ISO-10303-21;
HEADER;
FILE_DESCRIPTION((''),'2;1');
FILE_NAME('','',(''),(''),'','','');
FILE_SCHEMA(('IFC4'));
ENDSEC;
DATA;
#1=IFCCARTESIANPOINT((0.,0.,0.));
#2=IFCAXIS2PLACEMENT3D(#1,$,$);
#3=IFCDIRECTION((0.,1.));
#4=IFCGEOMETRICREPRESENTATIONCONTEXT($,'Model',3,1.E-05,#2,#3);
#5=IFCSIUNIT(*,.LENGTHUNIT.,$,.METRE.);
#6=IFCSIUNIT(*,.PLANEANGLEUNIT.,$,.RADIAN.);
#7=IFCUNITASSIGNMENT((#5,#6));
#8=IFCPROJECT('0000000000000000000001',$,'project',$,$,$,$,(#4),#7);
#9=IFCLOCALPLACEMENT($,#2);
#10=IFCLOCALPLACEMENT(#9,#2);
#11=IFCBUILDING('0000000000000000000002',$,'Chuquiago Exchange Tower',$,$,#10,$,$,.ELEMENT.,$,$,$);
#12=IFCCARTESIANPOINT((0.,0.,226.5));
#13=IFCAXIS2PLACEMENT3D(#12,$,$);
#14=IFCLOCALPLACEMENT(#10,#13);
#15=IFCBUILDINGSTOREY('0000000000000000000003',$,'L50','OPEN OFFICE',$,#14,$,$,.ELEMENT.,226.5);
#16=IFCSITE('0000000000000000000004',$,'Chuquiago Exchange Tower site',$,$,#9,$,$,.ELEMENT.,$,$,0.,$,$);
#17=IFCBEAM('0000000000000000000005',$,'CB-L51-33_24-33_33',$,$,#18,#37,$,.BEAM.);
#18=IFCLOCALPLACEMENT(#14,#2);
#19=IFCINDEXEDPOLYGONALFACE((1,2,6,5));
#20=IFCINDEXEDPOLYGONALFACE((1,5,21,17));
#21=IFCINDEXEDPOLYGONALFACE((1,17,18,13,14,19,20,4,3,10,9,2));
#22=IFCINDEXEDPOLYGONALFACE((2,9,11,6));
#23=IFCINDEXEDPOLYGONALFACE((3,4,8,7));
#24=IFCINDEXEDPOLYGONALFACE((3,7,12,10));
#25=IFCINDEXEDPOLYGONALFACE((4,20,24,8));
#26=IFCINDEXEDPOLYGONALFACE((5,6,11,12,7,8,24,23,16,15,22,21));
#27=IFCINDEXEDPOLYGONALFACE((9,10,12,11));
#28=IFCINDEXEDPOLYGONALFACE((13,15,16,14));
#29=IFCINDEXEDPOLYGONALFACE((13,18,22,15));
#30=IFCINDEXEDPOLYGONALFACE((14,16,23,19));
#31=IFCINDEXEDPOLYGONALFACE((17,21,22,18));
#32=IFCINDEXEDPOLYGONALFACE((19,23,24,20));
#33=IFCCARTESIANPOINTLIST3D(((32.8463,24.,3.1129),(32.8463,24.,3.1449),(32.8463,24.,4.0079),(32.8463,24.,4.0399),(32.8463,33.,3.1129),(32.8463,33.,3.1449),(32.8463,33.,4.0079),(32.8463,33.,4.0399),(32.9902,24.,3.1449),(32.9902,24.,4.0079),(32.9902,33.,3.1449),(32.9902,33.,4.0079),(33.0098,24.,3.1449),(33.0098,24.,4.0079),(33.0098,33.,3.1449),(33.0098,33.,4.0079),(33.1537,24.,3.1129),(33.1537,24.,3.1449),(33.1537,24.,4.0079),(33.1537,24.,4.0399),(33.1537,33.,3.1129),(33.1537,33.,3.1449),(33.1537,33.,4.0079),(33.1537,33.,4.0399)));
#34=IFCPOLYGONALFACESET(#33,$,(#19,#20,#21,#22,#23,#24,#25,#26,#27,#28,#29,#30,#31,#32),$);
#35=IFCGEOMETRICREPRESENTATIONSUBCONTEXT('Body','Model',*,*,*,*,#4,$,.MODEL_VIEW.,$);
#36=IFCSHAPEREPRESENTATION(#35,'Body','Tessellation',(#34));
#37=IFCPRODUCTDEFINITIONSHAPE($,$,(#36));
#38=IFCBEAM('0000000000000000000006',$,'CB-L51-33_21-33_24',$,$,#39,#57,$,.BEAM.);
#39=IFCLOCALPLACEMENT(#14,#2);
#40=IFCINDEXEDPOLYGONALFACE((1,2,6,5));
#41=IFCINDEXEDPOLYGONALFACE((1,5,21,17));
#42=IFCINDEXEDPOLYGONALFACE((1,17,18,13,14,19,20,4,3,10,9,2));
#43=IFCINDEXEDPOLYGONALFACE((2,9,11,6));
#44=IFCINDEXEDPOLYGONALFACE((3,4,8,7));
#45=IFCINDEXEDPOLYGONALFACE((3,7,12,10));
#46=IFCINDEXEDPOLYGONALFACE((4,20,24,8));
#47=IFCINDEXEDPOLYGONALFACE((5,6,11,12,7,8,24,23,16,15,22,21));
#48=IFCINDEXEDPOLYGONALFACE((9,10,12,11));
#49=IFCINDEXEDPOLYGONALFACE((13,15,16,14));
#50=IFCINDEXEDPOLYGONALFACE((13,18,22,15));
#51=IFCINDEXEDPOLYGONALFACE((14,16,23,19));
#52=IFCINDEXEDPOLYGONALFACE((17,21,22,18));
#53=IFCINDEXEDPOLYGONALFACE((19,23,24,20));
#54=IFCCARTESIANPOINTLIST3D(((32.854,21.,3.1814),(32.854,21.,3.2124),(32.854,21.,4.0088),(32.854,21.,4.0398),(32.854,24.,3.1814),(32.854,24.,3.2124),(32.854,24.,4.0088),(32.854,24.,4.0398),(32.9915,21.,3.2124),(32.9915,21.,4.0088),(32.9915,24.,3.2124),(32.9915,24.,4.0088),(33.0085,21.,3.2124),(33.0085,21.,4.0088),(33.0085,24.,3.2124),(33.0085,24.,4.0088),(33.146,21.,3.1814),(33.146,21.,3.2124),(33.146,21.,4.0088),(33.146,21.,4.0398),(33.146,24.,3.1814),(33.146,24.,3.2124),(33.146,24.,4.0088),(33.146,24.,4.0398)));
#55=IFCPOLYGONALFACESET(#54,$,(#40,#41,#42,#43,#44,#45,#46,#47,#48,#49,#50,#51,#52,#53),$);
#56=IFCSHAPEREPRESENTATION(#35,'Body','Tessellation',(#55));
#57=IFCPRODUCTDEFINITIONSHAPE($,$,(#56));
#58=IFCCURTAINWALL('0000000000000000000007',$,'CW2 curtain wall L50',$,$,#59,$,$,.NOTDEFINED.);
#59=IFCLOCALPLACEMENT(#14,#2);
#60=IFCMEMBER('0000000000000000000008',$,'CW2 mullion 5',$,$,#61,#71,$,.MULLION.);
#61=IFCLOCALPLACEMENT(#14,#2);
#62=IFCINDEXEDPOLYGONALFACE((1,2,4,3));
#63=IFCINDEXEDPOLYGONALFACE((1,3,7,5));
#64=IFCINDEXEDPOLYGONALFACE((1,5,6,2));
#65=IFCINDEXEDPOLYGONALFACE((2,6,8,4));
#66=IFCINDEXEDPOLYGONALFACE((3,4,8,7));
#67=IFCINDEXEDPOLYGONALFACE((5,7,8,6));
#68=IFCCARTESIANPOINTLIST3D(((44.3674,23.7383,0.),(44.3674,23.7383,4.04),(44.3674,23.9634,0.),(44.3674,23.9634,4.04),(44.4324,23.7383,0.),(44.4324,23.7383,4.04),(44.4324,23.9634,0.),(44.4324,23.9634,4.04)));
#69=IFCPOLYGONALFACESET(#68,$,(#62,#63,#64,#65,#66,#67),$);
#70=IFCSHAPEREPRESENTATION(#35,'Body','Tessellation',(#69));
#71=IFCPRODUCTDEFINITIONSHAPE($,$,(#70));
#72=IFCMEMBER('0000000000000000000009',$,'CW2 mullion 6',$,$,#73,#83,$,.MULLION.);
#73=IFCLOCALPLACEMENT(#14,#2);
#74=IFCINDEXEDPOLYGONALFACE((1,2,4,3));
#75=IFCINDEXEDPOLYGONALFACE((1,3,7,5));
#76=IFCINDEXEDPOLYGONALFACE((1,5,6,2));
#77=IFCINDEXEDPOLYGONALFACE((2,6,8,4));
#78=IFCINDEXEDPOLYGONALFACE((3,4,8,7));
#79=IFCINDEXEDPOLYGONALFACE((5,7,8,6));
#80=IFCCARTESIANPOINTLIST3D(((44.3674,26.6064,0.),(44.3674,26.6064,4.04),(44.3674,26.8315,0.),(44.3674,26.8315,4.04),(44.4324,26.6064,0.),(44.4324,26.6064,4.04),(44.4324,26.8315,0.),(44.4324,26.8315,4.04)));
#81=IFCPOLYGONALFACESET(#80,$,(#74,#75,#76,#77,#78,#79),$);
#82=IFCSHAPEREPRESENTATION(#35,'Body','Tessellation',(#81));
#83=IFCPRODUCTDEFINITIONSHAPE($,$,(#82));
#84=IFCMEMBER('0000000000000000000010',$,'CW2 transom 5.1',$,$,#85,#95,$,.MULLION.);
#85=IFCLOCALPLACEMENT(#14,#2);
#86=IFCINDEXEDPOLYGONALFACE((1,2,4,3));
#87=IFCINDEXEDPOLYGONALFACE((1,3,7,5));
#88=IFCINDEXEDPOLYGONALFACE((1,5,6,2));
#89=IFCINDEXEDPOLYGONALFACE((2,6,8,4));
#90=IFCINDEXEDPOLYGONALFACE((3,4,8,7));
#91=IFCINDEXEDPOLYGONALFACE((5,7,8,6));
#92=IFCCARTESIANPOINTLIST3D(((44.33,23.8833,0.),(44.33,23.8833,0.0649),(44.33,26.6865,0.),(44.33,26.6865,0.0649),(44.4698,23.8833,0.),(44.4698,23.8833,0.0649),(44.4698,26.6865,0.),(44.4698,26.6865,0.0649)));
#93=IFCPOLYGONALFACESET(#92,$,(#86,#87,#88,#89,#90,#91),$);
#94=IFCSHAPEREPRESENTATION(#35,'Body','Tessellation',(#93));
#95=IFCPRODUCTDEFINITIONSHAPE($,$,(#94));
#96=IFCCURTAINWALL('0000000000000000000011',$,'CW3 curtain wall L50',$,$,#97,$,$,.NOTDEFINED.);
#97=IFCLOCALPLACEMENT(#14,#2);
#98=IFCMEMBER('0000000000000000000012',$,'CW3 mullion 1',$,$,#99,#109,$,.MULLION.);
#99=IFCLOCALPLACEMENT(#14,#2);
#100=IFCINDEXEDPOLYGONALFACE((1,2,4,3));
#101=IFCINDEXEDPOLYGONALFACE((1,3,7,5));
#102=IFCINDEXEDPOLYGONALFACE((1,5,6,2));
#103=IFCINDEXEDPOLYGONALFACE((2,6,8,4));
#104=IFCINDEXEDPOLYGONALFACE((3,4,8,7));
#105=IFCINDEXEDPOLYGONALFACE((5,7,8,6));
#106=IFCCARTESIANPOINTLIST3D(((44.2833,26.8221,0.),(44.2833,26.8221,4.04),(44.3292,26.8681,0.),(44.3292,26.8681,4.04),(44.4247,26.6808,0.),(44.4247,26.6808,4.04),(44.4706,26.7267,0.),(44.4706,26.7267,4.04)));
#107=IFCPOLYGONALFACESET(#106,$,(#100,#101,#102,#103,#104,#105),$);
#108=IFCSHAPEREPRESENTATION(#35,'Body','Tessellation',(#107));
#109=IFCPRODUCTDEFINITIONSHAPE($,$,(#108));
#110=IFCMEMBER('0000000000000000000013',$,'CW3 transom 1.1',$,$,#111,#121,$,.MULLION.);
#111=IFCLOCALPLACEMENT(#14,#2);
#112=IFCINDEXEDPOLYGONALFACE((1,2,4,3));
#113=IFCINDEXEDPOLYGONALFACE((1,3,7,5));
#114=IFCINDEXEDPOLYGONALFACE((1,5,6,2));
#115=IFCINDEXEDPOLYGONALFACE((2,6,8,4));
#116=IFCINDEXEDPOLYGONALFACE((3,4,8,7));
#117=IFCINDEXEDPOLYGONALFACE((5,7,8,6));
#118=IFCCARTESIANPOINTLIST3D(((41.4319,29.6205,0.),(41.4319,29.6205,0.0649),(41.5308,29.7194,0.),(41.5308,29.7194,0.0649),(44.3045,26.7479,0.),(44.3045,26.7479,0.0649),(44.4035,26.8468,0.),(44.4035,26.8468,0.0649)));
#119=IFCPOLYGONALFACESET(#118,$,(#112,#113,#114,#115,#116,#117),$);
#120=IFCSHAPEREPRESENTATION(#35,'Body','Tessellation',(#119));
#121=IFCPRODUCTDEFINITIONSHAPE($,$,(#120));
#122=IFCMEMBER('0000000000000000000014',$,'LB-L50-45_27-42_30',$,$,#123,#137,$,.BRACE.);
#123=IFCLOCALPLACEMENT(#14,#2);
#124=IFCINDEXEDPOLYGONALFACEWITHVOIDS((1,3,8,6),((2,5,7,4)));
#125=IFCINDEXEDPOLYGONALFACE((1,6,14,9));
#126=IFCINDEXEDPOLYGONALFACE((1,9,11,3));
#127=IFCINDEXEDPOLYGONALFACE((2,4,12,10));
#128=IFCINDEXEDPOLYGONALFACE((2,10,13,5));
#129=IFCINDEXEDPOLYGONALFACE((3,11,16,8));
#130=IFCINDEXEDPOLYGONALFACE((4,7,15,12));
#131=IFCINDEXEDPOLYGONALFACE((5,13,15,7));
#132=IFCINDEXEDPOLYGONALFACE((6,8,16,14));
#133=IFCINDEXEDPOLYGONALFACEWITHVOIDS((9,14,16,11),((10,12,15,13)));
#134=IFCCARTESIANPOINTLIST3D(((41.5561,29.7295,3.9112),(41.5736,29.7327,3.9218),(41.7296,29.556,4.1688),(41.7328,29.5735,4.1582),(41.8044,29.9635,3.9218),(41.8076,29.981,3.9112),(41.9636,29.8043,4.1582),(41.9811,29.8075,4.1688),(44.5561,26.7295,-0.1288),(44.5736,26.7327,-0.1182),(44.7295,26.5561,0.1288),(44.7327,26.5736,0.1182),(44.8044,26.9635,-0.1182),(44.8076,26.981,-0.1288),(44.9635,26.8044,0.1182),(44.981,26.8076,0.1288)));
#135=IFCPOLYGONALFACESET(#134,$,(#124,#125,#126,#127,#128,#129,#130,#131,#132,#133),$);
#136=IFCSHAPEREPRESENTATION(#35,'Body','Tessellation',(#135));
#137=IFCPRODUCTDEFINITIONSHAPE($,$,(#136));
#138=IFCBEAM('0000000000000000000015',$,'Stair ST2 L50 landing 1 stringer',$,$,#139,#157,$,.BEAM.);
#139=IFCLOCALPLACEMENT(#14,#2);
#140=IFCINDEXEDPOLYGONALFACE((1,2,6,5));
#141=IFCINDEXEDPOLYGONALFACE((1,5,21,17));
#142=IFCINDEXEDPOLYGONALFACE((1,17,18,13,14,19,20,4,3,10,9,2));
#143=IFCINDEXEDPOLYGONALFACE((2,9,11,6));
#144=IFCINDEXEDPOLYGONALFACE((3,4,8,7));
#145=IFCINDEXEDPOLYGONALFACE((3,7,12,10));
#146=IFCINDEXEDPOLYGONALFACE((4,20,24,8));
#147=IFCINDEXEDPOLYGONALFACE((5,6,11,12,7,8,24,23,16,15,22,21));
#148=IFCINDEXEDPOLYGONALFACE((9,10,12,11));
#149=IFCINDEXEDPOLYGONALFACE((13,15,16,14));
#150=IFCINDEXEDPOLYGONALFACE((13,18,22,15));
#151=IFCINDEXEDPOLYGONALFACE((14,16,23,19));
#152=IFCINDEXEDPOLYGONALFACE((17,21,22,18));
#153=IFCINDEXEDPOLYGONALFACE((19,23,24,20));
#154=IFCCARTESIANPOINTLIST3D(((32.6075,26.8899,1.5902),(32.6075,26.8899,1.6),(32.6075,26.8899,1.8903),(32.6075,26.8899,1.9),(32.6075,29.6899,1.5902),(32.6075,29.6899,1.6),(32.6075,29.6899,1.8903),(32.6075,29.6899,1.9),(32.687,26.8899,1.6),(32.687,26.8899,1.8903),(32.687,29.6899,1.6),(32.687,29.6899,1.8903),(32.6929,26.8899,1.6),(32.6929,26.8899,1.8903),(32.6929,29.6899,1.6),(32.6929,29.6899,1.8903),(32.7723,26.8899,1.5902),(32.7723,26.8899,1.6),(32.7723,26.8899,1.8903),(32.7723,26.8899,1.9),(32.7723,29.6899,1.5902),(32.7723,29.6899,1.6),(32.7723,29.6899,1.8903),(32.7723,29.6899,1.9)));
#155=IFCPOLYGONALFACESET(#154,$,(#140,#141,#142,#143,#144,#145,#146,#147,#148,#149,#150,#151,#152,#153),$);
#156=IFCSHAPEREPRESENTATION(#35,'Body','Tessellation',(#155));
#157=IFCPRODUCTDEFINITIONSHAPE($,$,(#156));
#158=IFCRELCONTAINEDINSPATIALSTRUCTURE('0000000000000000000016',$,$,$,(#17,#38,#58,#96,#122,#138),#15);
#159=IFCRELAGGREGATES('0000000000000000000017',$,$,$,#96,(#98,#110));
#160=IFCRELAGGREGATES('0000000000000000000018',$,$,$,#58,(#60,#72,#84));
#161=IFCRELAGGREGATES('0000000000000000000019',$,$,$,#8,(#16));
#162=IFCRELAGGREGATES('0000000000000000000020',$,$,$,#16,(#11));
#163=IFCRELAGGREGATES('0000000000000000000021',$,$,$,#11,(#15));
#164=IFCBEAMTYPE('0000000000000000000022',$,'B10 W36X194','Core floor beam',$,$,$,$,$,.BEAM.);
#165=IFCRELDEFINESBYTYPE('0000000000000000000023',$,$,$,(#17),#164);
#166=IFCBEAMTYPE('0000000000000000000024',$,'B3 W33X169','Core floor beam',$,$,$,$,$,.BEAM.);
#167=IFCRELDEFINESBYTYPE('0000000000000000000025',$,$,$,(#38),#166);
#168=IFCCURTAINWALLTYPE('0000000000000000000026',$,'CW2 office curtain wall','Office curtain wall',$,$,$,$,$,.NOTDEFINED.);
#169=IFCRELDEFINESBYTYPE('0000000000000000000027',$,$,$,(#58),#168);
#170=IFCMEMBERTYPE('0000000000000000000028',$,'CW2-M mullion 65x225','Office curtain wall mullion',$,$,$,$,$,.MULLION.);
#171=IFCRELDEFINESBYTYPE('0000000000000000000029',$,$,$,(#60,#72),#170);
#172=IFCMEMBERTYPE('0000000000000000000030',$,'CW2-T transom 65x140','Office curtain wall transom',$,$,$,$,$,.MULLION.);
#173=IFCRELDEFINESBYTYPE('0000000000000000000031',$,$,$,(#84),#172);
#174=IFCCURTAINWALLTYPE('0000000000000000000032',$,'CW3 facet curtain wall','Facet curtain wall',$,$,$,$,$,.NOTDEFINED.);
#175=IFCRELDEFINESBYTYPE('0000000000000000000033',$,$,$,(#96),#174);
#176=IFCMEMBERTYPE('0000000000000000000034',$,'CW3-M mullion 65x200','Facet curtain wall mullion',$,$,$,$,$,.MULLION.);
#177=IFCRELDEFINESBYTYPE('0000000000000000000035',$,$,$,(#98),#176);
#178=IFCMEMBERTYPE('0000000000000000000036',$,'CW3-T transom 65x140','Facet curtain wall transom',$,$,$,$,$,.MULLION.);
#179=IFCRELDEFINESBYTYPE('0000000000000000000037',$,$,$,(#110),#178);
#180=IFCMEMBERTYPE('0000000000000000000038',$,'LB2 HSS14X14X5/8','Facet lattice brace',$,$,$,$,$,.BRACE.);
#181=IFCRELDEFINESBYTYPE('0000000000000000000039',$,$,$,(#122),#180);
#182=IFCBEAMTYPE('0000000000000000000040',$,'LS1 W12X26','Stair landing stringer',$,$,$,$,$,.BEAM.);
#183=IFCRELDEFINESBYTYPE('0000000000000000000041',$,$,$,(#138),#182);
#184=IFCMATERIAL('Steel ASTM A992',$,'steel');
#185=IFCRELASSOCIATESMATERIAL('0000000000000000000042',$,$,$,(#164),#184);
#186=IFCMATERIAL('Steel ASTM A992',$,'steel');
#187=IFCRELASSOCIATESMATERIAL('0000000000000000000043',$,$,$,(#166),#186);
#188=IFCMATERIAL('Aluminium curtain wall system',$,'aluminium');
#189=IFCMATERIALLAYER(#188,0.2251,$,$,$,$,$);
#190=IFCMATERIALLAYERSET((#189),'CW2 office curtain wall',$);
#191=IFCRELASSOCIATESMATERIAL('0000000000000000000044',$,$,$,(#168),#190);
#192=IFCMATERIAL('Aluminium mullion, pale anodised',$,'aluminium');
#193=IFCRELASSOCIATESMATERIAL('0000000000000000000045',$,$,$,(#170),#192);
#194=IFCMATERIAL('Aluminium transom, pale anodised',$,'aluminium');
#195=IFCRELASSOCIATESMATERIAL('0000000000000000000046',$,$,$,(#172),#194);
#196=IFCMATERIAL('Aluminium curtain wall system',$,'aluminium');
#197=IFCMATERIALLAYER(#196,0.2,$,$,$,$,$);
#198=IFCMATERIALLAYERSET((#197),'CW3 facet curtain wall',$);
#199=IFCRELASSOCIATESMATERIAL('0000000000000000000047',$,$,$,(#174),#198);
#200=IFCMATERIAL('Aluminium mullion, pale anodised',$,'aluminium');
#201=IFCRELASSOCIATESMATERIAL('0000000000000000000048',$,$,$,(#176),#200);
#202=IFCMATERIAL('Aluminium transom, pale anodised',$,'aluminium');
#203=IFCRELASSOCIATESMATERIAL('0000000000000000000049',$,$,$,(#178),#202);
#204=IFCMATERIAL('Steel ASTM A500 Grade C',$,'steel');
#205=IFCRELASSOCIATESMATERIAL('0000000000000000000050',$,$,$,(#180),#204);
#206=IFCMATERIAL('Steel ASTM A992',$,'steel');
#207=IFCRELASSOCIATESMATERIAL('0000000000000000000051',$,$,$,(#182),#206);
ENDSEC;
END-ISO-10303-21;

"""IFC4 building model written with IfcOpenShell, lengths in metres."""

from ifc_helpers import new_model, si_unit, direction, frame, origin, origin_2d, place, context, subcontext, project, spatial, rectangle, hollow_rectangle, i_section, extrude, material, layer, layer_set, material_profile, profile_set, type_object, element, aggregate, save


model = new_model("IFC4")

# Units and contexts
model_context = context("Model", 3, precision=1e-05, world=origin(), true_north=direction((0.0, 1.0)))
body_context = subcontext(model_context, "Body", "Model", "MODEL_VIEW")
ifc_project = project(units=[si_unit("LENGTHUNIT", "METRE"), si_unit("PLANEANGLEUNIT", "RADIAN")], contexts=[model_context])

# Site, building, storey
site_placement = place(None, origin())
site = spatial("IfcSite", under=ifc_project, at=site_placement, Name="Chuquiago Exchange Tower site", CompositionType="ELEMENT", RefElevation=0.0)
building_placement = place(site_placement, origin())
building = spatial("IfcBuilding", under=site, at=building_placement, Name="Chuquiago Exchange Tower", CompositionType="ELEMENT")
storey_placement = place(building_placement, frame((0.0, 0.0, 226.5)))
storey = spatial("IfcBuildingStorey", under=building, at=storey_placement, Name="L50", Description="OPEN OFFICE", CompositionType="ELEMENT", Elevation=226.5)

# Beams
ifc_material_1 = material(Name="Steel ASTM A992", Category="steel")
ifc_material_profile_1 = material_profile(ifc_material_1, i_section(OverallWidth=0.3074, OverallDepth=0.927, WebThickness=0.0195, FlangeThickness=0.032, at=origin_2d()), Name="W36X194")
ifc_profile_set_1 = profile_set([ifc_material_profile_1], Name="Steel ASTM A992")
beam_type_1 = type_object("IfcBeamType", Name="B10 W36X194", Description="Core floor beam", PredefinedType="BEAM", material=ifc_profile_set_1)
beam_1_placement = place(storey_placement, frame((33.0, 24.0, 3.5764), z_axis=(0.0, 1.0, 0.0), x_axis=(-1.0, 0.0, 0.0)))
element("IfcBeam", 1, at=beam_1_placement, inside=storey, type_object=beam_type_1, Name="CB-L51-33_24-33_33", PredefinedType="BEAM", context=body_context, shape_type="SweptSolid", body=[
    extrude(i_section(OverallWidth=0.3074, OverallDepth=0.927, WebThickness=0.0195, FlangeThickness=0.032, at=origin_2d()), origin(), (0.0, 0.0, 1.0), 9.0),
])
ifc_material_2 = material(Name="Steel ASTM A992", Category="steel")
ifc_material_profile_2 = material_profile(ifc_material_2, i_section(OverallWidth=0.292, OverallDepth=0.8584, WebThickness=0.0171, FlangeThickness=0.031, at=origin_2d()), Name="W33X169")
ifc_profile_set_2 = profile_set([ifc_material_profile_2], Name="Steel ASTM A992")
beam_type_2 = type_object("IfcBeamType", Name="B3 W33X169", Description="Core floor beam", PredefinedType="BEAM", material=ifc_profile_set_2)
beam_2_placement = place(storey_placement, frame((33.0, 21.0, 3.6106), z_axis=(0.0, 1.0, 0.0), x_axis=(-1.0, 0.0, 0.0)))
element("IfcBeam", 2, at=beam_2_placement, inside=storey, type_object=beam_type_2, Name="CB-L51-33_21-33_24", PredefinedType="BEAM", context=body_context, shape_type="SweptSolid", body=[
    extrude(i_section(OverallWidth=0.292, OverallDepth=0.8584, WebThickness=0.0171, FlangeThickness=0.031, at=origin_2d()), origin(), (0.0, 0.0, 1.0), 3.0),
])

# Curtain walls, members
ifc_material_3 = material(Name="Aluminium curtain wall system", Category="aluminium")
ifc_layer_1 = layer(ifc_material_3, 0.2251)
ifc_layer_set_1 = layer_set([ifc_layer_1], Name="CW2 office curtain wall")
curtain_wall_type_1 = type_object("IfcCurtainWallType", Name="CW2 office curtain wall", Description="Office curtain wall", PredefinedType="NOTDEFINED", material=ifc_layer_set_1)
curtain_wall_1_placement = place(storey_placement, origin())
curtain_wall_1 = element("IfcCurtainWall", 3, at=curtain_wall_1_placement, inside=storey, type_object=curtain_wall_type_1, Name="CW2 curtain wall L50", PredefinedType="NOTDEFINED")
ifc_material_4 = material(Name="Aluminium mullion, pale anodised", Category="aluminium")
ifc_material_profile_3 = material_profile(ifc_material_4, rectangle(XDim=0.0649, YDim=0.2251, at=origin_2d()), Name="AL 65x225")
ifc_profile_set_3 = profile_set([ifc_material_profile_3], Name="Aluminium mullion, pale anodised")
member_type_1 = type_object("IfcMemberType", Name="CW2-M mullion 65x225", Description="Office curtain wall mullion", PredefinedType="MULLION", material=ifc_profile_set_3)
member_1_placement = place(storey_placement, frame((44.3999, 23.8508, 0.0), z_axis=(0.0, 0.0, 1.0), x_axis=(-1.0, 0.0, 0.0)))
member_1 = element("IfcMember", 4, at=member_1_placement, type_object=member_type_1, Name="CW2 mullion 5", PredefinedType="MULLION", context=body_context, shape_type="SweptSolid", body=[
    extrude(rectangle(XDim=0.0649, YDim=0.2251, at=origin_2d()), origin(), (0.0, 0.0, 1.0), 4.04),
])
member_2_placement = place(storey_placement, frame((44.3999, 26.719, 0.0), z_axis=(0.0, 0.0, 1.0), x_axis=(-1.0, 0.0, 0.0)))
member_2 = element("IfcMember", 5, at=member_2_placement, type_object=member_type_1, Name="CW2 mullion 6", PredefinedType="MULLION", context=body_context, shape_type="SweptSolid", body=[
    extrude(rectangle(XDim=0.0649, YDim=0.2251, at=origin_2d()), origin(), (0.0, 0.0, 1.0), 4.04),
])
ifc_material_5 = material(Name="Aluminium transom, pale anodised", Category="aluminium")
ifc_material_profile_4 = material_profile(ifc_material_5, rectangle(XDim=0.1399, YDim=0.0649, at=origin_2d()), Name="AL 140x65")
ifc_profile_set_4 = profile_set([ifc_material_profile_4], Name="Aluminium transom, pale anodised")
member_type_2 = type_object("IfcMemberType", Name="CW2-T transom 65x140", Description="Office curtain wall transom", PredefinedType="MULLION", material=ifc_profile_set_4)
member_3_placement = place(storey_placement, frame((44.3999, 23.8833, 0.0325), z_axis=(0.0, 1.0, 0.0), x_axis=(-1.0, 0.0, 0.0)))
member_3 = element("IfcMember", 6, at=member_3_placement, type_object=member_type_2, Name="CW2 transom 5.1", PredefinedType="MULLION", context=body_context, shape_type="SweptSolid", body=[
    extrude(rectangle(XDim=0.1399, YDim=0.0649, at=origin_2d()), origin(), (0.0, 0.0, 1.0), 2.8032),
])
ifc_material_6 = material(Name="Aluminium curtain wall system", Category="aluminium")
ifc_layer_2 = layer(ifc_material_6, 0.2)
ifc_layer_set_2 = layer_set([ifc_layer_2], Name="CW3 facet curtain wall")
curtain_wall_type_2 = type_object("IfcCurtainWallType", Name="CW3 facet curtain wall", Description="Facet curtain wall", PredefinedType="NOTDEFINED", material=ifc_layer_set_2)
curtain_wall_2_placement = place(storey_placement, origin())
curtain_wall_2 = element("IfcCurtainWall", 7, at=curtain_wall_2_placement, inside=storey, type_object=curtain_wall_type_2, Name="CW3 curtain wall L50", PredefinedType="NOTDEFINED")
ifc_material_7 = material(Name="Aluminium mullion, pale anodised", Category="aluminium")
ifc_material_profile_5 = material_profile(ifc_material_7, rectangle(XDim=0.0649, YDim=0.2, at=origin_2d()), Name="AL 65x200")
ifc_profile_set_5 = profile_set([ifc_material_profile_5], Name="Aluminium mullion, pale anodised")
member_type_3 = type_object("IfcMemberType", Name="CW3-M mullion 65x200", Description="Facet curtain wall mullion", PredefinedType="MULLION", material=ifc_profile_set_5)
member_4_placement = place(storey_placement, frame((44.377, 26.7744, 0.0), z_axis=(0.0, 0.0, 1.0), x_axis=(-0.707107, -0.707107, 0.0)))
member_4 = element("IfcMember", 8, at=member_4_placement, type_object=member_type_3, Name="CW3 mullion 1", PredefinedType="MULLION", context=body_context, shape_type="SweptSolid", body=[
    extrude(rectangle(XDim=0.0649, YDim=0.2, at=origin_2d()), origin(), (0.0, 0.0, 1.0), 4.04),
])
ifc_material_8 = material(Name="Aluminium transom, pale anodised", Category="aluminium")
ifc_material_profile_6 = material_profile(ifc_material_8, rectangle(XDim=0.1399, YDim=0.0649, at=origin_2d()), Name="AL 140x65")
ifc_profile_set_6 = profile_set([ifc_material_profile_6], Name="Aluminium transom, pale anodised")
member_type_4 = type_object("IfcMemberType", Name="CW3-T transom 65x140", Description="Facet curtain wall transom", PredefinedType="MULLION", material=ifc_profile_set_6)
member_5_placement = place(storey_placement, frame((44.354, 26.7974, 0.0325), z_axis=(-0.707107, 0.707107, 0.0), x_axis=(-0.707107, -0.707107, 0.0)))
member_5 = element("IfcMember", 9, at=member_5_placement, type_object=member_type_4, Name="CW3 transom 1.1", PredefinedType="MULLION", context=body_context, shape_type="SweptSolid", body=[
    extrude(rectangle(XDim=0.1399, YDim=0.0649, at=origin_2d()), origin(), (0.0, 0.0, 1.0), 4.0625),
])
aggregate(curtain_wall_2, [member_4, member_5])

# Member
ifc_material_9 = material(Name="Steel ASTM A500 Grade C", Category="steel")
ifc_material_profile_7 = material_profile(ifc_material_9, hollow_rectangle(XDim=0.3557, YDim=0.3557, WallThickness=0.0146, at=origin_2d()), Name="HSS14X14X5/8")
ifc_profile_set_7 = profile_set([ifc_material_profile_7], Name="Steel ASTM A500 Grade C")
member_type_5 = type_object("IfcMemberType", Name="LB2 HSS14X14X5/8", Description="Facet lattice brace", PredefinedType="BRACE", material=ifc_profile_set_7)
member_6_placement = place(storey_placement, frame((44.7686, 26.7686, 0.0), z_axis=(-0.512077, 0.512077, 0.689604), x_axis=(-0.707107, -0.707107, 0.0)))
element("IfcMember", 10, at=member_6_placement, inside=storey, type_object=member_type_5, Name="LB-L50-45_27-42_30", PredefinedType="BRACE", context=body_context, shape_type="SweptSolid", body=[
    extrude(hollow_rectangle(XDim=0.3557, YDim=0.3557, WallThickness=0.0146, at=origin_2d()), origin(), (0.0, 0.0, 1.0), 5.8584),
])

# Beam
ifc_material_10 = material(Name="Steel ASTM A992", Category="steel")
ifc_material_profile_8 = material_profile(ifc_material_10, i_section(OverallWidth=0.1648, OverallDepth=0.3098, WebThickness=0.0059, FlangeThickness=0.0098, at=origin_2d()), Name="W12X26")
ifc_profile_set_8 = profile_set([ifc_material_profile_8], Name="Steel ASTM A992")
beam_type_3 = type_object("IfcBeamType", Name="LS1 W12X26", Description="Stair landing stringer", PredefinedType="BEAM", material=ifc_profile_set_8)
beam_3_placement = place(storey_placement, frame((32.6899, 26.8899, 1.7451), z_axis=(0.0, 1.0, 0.0), x_axis=(-1.0, 0.0, 0.0)))
element("IfcBeam", 11, at=beam_3_placement, inside=storey, type_object=beam_type_3, Name="Stair ST2 L50 landing 1 stringer", PredefinedType="BEAM", context=body_context, shape_type="SweptSolid", body=[
    extrude(i_section(OverallWidth=0.1648, OverallDepth=0.3098, WebThickness=0.0059, FlangeThickness=0.0098, at=origin_2d()), origin(), (0.0, 0.0, 1.0), 2.8),
])

aggregate(curtain_wall_1, [member_1, member_2, member_3])

save(model, "model.ifc")
